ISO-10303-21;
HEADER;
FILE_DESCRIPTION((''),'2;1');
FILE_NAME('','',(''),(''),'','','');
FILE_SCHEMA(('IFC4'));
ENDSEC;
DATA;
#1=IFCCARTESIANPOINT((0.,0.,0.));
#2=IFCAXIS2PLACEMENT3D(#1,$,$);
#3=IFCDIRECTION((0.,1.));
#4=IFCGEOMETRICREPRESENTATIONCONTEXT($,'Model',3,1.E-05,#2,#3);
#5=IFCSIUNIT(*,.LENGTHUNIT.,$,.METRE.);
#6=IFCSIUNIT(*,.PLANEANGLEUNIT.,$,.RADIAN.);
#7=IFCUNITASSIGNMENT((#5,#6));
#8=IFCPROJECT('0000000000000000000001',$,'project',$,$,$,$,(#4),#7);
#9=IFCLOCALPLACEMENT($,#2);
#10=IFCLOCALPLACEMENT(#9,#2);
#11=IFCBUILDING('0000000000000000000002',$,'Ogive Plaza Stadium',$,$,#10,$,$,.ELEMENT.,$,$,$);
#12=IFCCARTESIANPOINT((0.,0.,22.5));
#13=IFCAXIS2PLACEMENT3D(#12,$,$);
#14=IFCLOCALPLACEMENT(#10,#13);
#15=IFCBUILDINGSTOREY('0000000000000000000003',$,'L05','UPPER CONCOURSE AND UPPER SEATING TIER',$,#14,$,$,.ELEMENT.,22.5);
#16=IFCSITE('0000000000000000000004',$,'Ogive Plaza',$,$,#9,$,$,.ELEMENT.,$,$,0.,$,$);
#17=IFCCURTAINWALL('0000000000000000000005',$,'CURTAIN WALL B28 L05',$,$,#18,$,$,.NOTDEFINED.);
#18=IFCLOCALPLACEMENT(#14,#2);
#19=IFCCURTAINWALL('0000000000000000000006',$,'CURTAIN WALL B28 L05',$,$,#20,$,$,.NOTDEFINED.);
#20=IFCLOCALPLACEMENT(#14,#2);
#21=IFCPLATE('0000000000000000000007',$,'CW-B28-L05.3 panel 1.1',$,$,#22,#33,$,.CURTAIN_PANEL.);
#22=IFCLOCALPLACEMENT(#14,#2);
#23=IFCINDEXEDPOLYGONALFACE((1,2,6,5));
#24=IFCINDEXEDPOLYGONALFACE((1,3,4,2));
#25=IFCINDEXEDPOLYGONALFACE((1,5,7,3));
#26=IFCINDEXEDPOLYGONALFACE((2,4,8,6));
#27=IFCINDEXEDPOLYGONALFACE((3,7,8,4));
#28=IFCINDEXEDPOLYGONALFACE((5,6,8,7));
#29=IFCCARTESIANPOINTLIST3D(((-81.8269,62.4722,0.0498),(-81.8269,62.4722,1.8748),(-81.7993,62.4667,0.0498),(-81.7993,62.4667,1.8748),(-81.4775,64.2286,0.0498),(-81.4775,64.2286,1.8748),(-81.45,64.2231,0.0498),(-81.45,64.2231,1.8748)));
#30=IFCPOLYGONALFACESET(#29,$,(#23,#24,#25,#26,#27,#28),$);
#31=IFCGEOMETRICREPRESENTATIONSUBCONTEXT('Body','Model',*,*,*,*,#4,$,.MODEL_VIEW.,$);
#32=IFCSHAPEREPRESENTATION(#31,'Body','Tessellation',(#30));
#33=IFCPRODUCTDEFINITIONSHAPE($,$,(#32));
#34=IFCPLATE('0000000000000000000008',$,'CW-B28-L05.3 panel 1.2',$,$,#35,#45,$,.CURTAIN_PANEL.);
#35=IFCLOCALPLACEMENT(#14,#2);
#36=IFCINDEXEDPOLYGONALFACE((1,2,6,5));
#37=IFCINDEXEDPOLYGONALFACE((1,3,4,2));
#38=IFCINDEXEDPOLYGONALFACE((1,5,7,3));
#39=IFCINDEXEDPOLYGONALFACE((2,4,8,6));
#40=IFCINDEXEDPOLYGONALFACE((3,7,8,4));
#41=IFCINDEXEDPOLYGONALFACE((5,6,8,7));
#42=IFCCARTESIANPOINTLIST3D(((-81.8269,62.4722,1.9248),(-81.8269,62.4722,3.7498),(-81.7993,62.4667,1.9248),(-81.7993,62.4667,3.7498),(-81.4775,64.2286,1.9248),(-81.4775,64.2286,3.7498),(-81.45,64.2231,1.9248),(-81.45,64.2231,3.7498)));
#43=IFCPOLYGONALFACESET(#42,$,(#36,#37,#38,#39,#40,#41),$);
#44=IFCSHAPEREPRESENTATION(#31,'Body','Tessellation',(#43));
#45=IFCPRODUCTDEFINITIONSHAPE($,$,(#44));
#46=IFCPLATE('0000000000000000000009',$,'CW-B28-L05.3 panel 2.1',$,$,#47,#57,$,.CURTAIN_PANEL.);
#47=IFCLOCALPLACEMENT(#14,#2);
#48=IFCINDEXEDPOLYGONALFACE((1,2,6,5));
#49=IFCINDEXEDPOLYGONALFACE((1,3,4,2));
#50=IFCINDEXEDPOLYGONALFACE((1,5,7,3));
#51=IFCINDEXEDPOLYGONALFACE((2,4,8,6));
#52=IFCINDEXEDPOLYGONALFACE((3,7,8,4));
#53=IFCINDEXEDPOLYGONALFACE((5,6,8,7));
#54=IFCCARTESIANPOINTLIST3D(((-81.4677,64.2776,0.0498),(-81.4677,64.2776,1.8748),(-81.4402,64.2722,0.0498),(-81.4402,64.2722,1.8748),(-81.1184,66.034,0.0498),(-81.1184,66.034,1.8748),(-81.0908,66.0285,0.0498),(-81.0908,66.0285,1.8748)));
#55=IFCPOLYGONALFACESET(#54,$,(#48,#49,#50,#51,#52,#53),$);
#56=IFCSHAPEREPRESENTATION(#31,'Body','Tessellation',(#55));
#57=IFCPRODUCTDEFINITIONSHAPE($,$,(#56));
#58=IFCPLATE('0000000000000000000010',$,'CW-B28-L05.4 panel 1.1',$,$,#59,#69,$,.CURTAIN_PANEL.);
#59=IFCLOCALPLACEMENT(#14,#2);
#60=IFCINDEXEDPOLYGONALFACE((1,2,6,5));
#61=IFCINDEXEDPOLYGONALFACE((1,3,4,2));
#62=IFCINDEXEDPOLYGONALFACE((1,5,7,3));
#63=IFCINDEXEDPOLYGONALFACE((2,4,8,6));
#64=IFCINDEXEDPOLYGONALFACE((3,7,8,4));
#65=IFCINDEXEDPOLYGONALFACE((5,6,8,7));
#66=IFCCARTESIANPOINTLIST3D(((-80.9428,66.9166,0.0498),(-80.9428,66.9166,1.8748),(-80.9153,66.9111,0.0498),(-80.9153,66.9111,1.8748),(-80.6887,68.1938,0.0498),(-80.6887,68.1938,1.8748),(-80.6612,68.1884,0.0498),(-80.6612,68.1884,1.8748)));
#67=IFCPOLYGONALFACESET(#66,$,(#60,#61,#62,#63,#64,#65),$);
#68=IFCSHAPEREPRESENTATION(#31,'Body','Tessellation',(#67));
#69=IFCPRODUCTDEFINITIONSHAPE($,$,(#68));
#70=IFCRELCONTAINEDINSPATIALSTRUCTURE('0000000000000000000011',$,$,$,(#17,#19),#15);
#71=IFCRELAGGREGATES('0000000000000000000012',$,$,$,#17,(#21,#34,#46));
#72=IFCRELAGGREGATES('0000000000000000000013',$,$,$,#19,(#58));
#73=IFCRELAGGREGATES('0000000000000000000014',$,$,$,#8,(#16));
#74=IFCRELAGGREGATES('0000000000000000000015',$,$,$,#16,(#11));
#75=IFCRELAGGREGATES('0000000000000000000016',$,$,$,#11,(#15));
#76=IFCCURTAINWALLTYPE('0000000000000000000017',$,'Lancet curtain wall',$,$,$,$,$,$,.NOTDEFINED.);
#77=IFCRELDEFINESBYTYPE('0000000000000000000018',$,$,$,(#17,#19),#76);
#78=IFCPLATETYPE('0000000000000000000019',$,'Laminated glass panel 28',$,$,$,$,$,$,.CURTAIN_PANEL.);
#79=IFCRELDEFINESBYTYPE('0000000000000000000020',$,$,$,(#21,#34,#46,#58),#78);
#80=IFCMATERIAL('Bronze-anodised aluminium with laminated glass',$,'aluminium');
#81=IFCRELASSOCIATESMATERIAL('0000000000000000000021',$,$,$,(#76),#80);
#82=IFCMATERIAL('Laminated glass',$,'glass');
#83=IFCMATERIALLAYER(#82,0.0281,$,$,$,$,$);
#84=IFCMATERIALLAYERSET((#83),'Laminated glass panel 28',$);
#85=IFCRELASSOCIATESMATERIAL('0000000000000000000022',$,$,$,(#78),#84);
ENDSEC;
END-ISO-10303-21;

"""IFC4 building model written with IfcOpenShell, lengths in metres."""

from ifc_helpers import new_model, si_unit, direction, frame, origin, origin_2d, place, context, subcontext, project, spatial, rectangle, extrude, material, layer, layer_set, type_object, element, aggregate, save


model = new_model("IFC4")

# Units and contexts
model_context = context("Model", 3, precision=1e-05, world=origin(), true_north=direction((0.0, 1.0)))
body_context = subcontext(model_context, "Body", "Model", "MODEL_VIEW")
ifc_project = project(units=[si_unit("LENGTHUNIT", "METRE"), si_unit("PLANEANGLEUNIT", "RADIAN")], contexts=[model_context])

# Site, building, storey
site_placement = place(None, origin())
site = spatial("IfcSite", under=ifc_project, at=site_placement, Name="Ogive Plaza", CompositionType="ELEMENT", RefElevation=0.0)
building_placement = place(site_placement, origin())
building = spatial("IfcBuilding", under=site, at=building_placement, Name="Ogive Plaza Stadium", CompositionType="ELEMENT")
storey_placement = place(building_placement, frame((0.0, 0.0, 22.5)))
storey = spatial("IfcBuildingStorey", under=building, at=storey_placement, Name="L05", Description="UPPER CONCOURSE AND UPPER SEATING TIER", CompositionType="ELEMENT", Elevation=22.5)

# Curtain walls
ifc_material_1 = material(Name="Bronze-anodised aluminium with laminated glass", Category="aluminium")
curtain_wall_type = type_object("IfcCurtainWallType", Name="Lancet curtain wall", PredefinedType="NOTDEFINED", material=ifc_material_1)
curtain_wall_1_placement = place(storey_placement, origin())
curtain_wall_1 = element("IfcCurtainWall", 1, at=curtain_wall_1_placement, inside=storey, type_object=curtain_wall_type, Name="CURTAIN WALL B28 L05", PredefinedType="NOTDEFINED")
curtain_wall_2_placement = place(storey_placement, origin())
curtain_wall_2 = element("IfcCurtainWall", 2, at=curtain_wall_2_placement, inside=storey, type_object=curtain_wall_type, Name="CURTAIN WALL B28 L05", PredefinedType="NOTDEFINED")

# Plates
ifc_material_2 = material(Name="Laminated glass", Category="glass")
ifc_layer = layer(ifc_material_2, 0.0281)
ifc_layer_set = layer_set([ifc_layer], Name="Laminated glass panel 28")
plate_type = type_object("IfcPlateType", Name="Laminated glass panel 28", PredefinedType="CURTAIN_PANEL", material=ifc_layer_set)
plate_1_placement = place(storey_placement, frame((-81.6384, 63.3477, 0.0498), z_axis=(0.0, 0.0, 1.0), x_axis=(0.19509, 0.980785, 0.0)))
plate_1 = element("IfcPlate", 3, at=plate_1_placement, type_object=plate_type, Name="CW-B28-L05.3 panel 1.1", PredefinedType="CURTAIN_PANEL", context=body_context, shape_type="SweptSolid", body=[
    extrude(rectangle(XDim=1.7908, YDim=0.0281, at=origin_2d()), origin(), (0.0, 0.0, 1.0), 1.825),
])
plate_2_placement = place(storey_placement, frame((-81.6384, 63.3477, 1.9248), z_axis=(0.0, 0.0, 1.0), x_axis=(0.19509, 0.980785, 0.0)))
plate_2 = element("IfcPlate", 4, at=plate_2_placement, type_object=plate_type, Name="CW-B28-L05.3 panel 1.2", PredefinedType="CURTAIN_PANEL", context=body_context, shape_type="SweptSolid", body=[
    extrude(rectangle(XDim=1.7908, YDim=0.0281, at=origin_2d()), origin(), (0.0, 0.0, 1.0), 1.825),
])
plate_3_placement = place(storey_placement, frame((-81.2793, 65.1531, 0.0498), z_axis=(0.0, 0.0, 1.0), x_axis=(0.19509, 0.980785, 0.0)))
plate_3 = element("IfcPlate", 5, at=plate_3_placement, type_object=plate_type, Name="CW-B28-L05.3 panel 2.1", PredefinedType="CURTAIN_PANEL", context=body_context, shape_type="SweptSolid", body=[
    extrude(rectangle(XDim=1.7908, YDim=0.0281, at=origin_2d()), origin(), (0.0, 0.0, 1.0), 1.825),
])
aggregate(curtain_wall_1, [plate_1, plate_2, plate_3])
plate_4_placement = place(storey_placement, frame((-80.802, 67.5525, 0.0498), z_axis=(0.0, 0.0, 1.0), x_axis=(0.19509, 0.980785, 0.0)))
plate_4 = element("IfcPlate", 6, at=plate_4_placement, type_object=plate_type, Name="CW-B28-L05.4 panel 1.1", PredefinedType="CURTAIN_PANEL", context=body_context, shape_type="SweptSolid", body=[
    extrude(rectangle(XDim=1.3022, YDim=0.0281, at=origin_2d()), origin(), (0.0, 0.0, 1.0), 1.825),
])
aggregate(curtain_wall_2, [plate_4])

save(model, "model.ifc")
